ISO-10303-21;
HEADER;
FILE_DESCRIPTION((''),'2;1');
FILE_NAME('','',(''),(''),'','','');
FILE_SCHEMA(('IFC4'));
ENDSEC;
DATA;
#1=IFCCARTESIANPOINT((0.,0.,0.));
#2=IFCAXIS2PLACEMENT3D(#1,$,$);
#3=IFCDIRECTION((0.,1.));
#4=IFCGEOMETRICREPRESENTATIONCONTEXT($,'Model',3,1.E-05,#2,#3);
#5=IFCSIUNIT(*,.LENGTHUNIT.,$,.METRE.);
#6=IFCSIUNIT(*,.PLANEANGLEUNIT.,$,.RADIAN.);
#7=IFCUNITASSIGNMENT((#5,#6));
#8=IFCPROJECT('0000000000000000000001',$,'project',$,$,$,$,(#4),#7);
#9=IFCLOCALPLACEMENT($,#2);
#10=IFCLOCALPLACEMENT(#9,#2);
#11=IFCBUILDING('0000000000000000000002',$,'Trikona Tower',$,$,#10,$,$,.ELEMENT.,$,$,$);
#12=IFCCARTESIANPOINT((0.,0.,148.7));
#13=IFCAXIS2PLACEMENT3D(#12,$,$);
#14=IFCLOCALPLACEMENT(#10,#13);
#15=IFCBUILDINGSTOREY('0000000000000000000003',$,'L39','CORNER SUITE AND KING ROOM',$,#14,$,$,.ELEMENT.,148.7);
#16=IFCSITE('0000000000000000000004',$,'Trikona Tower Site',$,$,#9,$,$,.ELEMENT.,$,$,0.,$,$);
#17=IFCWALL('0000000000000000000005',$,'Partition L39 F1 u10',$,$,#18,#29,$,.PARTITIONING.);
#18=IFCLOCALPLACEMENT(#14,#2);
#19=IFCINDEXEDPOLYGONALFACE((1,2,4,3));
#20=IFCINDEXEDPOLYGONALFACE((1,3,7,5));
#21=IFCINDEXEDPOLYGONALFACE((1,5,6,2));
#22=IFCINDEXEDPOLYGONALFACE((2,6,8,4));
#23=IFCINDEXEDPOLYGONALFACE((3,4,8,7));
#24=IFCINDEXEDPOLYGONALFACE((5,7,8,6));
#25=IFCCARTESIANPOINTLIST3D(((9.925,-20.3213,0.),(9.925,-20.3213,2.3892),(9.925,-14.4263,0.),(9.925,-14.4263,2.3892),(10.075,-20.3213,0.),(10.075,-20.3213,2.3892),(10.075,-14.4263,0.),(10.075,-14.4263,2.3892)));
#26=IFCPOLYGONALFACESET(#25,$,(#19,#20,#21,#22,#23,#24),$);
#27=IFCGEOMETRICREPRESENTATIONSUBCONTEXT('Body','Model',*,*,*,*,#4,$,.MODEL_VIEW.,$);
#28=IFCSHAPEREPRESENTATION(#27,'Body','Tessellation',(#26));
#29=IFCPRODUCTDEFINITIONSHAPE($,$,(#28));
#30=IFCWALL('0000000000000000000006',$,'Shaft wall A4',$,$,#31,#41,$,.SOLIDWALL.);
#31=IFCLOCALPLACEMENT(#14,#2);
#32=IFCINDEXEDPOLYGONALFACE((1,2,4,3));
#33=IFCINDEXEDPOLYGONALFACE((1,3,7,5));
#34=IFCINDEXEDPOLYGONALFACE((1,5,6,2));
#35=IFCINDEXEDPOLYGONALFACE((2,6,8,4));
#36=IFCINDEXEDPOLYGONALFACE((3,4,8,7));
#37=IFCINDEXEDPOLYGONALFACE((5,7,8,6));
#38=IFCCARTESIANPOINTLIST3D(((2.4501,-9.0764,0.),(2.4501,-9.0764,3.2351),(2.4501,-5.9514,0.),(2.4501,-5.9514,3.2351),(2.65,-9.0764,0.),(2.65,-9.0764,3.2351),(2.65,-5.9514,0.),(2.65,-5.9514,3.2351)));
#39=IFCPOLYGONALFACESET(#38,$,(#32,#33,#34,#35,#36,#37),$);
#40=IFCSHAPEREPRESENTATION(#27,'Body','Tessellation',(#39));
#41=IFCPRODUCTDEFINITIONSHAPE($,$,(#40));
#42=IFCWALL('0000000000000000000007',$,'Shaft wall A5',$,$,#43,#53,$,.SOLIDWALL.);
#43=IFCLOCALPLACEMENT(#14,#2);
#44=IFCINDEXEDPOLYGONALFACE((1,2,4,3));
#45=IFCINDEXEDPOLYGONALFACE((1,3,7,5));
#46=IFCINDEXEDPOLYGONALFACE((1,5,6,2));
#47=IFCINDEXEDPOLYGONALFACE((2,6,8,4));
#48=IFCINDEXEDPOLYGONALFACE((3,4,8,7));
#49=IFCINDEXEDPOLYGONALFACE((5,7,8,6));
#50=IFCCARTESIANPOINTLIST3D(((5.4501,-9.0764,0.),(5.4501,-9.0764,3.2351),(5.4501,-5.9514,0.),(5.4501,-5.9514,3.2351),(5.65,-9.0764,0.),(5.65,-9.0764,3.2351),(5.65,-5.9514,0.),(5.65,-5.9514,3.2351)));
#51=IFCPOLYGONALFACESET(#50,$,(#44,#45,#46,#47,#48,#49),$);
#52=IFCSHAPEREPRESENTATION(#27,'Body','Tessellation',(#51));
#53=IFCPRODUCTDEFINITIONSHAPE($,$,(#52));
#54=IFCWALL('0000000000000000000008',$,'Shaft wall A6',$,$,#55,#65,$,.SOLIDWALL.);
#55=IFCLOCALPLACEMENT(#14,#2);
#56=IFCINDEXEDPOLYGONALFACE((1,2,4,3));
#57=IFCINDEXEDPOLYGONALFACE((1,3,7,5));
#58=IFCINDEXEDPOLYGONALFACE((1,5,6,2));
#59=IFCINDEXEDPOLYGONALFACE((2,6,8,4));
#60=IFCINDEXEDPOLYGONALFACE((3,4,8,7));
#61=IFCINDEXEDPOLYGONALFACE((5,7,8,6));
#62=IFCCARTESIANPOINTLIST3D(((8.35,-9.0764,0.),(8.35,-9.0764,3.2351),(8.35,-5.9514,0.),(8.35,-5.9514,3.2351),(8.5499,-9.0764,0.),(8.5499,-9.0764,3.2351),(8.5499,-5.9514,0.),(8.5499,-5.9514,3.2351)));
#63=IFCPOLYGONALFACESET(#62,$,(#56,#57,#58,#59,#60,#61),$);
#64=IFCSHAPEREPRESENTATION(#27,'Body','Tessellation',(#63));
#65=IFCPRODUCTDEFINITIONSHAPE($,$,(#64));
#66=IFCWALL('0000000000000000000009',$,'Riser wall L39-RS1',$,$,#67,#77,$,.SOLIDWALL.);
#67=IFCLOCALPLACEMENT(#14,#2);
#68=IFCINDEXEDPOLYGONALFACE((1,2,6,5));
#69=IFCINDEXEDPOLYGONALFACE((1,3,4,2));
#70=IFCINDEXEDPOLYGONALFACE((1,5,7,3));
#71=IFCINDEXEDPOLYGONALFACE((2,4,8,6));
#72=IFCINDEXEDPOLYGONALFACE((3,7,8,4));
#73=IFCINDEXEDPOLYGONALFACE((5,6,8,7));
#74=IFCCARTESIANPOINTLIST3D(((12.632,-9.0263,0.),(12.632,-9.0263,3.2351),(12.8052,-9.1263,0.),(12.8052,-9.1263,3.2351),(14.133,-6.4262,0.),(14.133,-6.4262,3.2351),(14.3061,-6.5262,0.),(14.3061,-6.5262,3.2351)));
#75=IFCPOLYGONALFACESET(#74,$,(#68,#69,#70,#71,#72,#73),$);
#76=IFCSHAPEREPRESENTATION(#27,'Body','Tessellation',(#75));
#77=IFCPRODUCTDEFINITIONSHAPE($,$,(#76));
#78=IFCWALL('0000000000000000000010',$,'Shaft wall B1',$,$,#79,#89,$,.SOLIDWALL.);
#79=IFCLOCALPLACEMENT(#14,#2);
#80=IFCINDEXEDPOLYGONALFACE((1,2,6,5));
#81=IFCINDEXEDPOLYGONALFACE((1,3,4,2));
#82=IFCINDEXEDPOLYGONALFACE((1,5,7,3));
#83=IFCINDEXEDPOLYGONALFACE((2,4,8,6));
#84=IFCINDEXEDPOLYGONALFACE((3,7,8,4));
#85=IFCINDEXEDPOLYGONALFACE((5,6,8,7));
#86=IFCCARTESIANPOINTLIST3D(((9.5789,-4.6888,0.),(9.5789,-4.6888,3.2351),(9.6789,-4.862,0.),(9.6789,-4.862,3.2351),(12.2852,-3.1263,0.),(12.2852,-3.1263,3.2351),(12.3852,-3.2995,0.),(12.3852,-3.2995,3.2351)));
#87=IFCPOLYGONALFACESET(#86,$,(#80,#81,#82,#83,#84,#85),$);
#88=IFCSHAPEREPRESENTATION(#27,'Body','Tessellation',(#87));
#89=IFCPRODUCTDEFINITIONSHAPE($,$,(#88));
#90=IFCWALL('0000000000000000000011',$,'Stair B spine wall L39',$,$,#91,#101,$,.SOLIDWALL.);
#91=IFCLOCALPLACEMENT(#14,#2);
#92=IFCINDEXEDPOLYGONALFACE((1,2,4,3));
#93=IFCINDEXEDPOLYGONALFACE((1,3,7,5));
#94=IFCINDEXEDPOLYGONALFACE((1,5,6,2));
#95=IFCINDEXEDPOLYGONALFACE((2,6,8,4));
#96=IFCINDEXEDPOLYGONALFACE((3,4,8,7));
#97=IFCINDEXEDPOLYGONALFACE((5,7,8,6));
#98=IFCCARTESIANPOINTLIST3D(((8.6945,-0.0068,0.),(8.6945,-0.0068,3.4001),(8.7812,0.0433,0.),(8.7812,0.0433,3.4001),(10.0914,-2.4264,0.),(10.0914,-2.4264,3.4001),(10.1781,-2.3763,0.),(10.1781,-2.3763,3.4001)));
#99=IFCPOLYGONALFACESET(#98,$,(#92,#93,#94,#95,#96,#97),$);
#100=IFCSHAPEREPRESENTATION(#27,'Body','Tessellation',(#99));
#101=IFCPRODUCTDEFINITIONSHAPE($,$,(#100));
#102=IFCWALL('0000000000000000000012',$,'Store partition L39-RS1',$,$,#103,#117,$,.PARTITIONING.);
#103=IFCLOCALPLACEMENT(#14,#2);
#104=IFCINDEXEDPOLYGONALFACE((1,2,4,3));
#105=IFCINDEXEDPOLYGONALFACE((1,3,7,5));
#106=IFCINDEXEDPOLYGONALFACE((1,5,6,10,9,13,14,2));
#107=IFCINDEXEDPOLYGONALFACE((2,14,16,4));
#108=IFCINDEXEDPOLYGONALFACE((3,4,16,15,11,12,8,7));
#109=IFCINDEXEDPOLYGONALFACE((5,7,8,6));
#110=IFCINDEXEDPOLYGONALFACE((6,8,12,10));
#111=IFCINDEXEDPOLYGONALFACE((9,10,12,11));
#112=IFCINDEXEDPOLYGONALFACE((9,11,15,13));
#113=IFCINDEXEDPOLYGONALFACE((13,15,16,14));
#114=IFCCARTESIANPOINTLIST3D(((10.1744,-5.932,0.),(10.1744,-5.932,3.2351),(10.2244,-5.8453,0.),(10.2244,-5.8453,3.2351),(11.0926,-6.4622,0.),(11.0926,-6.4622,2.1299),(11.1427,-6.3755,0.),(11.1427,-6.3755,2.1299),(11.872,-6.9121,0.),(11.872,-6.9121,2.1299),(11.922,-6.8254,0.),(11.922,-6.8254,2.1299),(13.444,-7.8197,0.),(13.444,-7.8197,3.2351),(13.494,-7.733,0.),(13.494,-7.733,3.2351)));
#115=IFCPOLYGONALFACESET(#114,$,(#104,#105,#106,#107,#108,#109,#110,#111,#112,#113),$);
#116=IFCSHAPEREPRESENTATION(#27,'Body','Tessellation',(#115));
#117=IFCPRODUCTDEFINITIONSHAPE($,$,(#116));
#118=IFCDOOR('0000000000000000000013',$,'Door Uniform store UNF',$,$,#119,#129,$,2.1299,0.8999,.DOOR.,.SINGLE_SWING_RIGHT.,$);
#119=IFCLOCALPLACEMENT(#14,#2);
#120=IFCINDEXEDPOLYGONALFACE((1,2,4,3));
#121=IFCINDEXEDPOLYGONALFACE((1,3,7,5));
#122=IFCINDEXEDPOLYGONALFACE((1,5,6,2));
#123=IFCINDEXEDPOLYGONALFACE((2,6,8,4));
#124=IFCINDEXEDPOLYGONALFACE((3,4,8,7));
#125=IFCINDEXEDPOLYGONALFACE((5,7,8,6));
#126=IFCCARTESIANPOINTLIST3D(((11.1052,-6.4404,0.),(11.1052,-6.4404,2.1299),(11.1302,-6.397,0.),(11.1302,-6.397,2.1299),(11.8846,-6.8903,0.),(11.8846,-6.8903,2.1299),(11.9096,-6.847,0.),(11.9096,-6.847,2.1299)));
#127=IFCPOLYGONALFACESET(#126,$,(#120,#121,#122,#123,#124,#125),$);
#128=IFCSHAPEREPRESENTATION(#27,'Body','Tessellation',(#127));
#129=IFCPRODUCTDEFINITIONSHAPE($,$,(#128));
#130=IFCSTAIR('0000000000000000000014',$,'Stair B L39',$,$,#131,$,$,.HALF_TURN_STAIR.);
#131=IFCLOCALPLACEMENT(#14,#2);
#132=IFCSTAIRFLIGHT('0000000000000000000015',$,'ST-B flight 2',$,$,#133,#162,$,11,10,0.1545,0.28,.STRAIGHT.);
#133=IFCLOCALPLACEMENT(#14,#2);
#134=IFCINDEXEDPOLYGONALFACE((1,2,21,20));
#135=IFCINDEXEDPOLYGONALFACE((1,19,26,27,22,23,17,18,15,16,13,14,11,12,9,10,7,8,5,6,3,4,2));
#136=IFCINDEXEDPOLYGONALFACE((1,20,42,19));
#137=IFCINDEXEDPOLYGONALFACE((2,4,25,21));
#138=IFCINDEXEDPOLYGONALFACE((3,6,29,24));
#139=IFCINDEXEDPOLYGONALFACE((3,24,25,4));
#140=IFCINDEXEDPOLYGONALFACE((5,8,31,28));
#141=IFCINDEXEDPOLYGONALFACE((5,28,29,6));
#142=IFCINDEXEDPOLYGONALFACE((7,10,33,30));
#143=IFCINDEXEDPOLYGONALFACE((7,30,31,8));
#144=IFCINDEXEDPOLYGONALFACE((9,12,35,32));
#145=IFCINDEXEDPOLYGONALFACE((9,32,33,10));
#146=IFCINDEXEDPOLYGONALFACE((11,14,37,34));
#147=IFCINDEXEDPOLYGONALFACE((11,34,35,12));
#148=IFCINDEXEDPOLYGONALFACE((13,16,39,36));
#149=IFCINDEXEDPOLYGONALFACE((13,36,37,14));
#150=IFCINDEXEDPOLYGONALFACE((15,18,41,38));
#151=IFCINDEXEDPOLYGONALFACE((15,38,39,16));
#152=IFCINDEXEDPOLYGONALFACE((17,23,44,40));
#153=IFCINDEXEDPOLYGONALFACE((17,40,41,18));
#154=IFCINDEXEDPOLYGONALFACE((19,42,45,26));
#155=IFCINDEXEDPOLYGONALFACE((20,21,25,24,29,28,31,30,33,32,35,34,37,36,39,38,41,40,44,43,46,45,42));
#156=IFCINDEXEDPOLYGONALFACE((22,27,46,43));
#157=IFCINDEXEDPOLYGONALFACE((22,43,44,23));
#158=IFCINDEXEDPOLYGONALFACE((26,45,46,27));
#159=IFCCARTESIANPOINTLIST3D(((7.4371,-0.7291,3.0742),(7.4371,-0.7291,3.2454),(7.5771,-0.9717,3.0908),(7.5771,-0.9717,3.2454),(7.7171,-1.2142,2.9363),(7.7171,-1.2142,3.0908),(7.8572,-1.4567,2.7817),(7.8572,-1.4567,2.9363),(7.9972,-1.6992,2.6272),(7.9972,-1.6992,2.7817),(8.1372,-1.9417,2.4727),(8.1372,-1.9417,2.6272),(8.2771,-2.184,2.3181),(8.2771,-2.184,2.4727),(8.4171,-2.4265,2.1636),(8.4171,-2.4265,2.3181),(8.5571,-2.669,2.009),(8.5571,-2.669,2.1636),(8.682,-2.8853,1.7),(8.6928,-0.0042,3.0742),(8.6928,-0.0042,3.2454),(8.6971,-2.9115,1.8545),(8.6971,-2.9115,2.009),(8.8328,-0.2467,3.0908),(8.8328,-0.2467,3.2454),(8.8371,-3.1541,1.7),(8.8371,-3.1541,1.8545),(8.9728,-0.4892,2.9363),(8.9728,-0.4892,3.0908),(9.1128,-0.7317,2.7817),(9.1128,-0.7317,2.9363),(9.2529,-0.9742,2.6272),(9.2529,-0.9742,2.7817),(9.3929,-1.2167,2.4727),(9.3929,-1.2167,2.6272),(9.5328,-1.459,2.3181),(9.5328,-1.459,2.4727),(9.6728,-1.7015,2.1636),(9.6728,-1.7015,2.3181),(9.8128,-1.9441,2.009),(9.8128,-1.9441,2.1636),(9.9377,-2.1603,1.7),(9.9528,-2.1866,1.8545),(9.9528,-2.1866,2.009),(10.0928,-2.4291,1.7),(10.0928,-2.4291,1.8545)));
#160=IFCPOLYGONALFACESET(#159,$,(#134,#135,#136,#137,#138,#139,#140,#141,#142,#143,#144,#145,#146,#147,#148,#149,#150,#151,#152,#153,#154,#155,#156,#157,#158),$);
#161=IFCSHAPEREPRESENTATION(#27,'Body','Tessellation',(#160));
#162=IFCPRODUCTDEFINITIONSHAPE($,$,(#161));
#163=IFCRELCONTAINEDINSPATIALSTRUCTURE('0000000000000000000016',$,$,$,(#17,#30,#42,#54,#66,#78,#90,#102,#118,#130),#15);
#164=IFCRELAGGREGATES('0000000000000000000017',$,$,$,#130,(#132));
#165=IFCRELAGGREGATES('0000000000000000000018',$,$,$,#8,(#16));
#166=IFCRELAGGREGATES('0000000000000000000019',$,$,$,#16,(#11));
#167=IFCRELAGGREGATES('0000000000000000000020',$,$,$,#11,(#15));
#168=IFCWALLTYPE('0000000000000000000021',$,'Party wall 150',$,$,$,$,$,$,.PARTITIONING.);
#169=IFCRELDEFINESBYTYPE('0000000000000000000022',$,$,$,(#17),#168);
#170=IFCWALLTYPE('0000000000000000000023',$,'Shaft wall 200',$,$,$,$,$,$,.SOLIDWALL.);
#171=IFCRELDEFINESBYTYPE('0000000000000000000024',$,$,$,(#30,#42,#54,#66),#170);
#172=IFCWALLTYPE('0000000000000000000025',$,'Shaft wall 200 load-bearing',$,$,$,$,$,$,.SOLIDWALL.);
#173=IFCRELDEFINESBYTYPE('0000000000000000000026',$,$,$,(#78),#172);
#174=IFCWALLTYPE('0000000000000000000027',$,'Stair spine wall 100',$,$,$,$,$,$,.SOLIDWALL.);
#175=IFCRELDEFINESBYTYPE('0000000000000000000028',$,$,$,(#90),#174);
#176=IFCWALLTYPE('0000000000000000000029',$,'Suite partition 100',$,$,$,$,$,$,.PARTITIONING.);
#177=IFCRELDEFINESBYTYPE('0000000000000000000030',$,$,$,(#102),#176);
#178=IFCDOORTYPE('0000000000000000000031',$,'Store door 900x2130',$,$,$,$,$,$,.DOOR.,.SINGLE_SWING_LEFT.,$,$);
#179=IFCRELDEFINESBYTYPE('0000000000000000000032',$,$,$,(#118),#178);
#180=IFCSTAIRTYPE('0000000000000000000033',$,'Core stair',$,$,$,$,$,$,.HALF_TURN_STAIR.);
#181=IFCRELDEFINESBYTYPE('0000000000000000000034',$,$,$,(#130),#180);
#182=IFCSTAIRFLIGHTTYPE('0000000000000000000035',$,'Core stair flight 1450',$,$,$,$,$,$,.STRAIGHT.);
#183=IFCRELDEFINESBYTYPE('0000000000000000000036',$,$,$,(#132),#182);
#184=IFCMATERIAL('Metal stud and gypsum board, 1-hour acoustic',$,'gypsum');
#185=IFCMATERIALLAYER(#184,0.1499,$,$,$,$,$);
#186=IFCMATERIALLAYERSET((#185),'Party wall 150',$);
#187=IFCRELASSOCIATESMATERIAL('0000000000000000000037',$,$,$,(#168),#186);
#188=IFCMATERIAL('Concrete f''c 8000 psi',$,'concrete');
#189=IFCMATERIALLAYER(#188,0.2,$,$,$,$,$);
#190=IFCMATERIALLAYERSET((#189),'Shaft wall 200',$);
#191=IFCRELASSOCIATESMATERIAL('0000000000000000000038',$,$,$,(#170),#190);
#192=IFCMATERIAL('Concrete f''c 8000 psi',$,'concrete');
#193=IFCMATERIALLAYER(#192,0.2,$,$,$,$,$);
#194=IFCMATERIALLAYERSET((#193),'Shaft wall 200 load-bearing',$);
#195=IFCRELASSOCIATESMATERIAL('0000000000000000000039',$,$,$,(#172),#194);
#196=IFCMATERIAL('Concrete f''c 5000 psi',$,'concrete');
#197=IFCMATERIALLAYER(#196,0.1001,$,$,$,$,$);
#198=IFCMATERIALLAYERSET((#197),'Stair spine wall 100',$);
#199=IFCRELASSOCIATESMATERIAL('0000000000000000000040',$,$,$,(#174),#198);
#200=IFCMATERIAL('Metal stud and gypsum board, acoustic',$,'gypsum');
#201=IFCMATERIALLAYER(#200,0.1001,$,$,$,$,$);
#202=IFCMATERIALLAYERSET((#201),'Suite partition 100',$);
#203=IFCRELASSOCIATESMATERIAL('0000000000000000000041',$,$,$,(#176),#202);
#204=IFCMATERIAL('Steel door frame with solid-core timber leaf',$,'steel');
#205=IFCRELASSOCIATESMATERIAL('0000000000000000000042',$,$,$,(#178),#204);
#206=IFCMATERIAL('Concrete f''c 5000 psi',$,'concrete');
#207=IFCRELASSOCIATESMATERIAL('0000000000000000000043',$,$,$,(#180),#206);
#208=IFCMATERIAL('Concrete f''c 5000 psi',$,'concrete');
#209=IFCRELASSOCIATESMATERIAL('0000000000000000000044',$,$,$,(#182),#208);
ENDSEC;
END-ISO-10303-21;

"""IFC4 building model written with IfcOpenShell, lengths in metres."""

from ifc_helpers import new_model, si_unit, direction, frame, frame_2d, origin, place, context, subcontext, project, spatial, polyline, rectangle, outline, extrude, material, layer, layer_set, type_object, element, fill, aggregate, save


model = new_model("IFC4")

# Units and contexts
model_context = context("Model", 3, precision=1e-05, world=origin(), true_north=direction((0.0, 1.0)))
body_context = subcontext(model_context, "Body", "Model", "MODEL_VIEW")
ifc_project = project(units=[si_unit("LENGTHUNIT", "METRE"), si_unit("PLANEANGLEUNIT", "RADIAN")], contexts=[model_context])

# Site, building, storey
site_placement = place(None, origin())
site = spatial("IfcSite", under=ifc_project, at=site_placement, Name="Trikona Tower Site", CompositionType="ELEMENT", RefElevation=0.0)
building_placement = place(site_placement, origin())
building = spatial("IfcBuilding", under=site, at=building_placement, Name="Trikona Tower", CompositionType="ELEMENT")
storey_placement = place(building_placement, frame((0.0, 0.0, 148.7)))
storey = spatial("IfcBuildingStorey", under=building, at=storey_placement, Name="L39", Description="CORNER SUITE AND KING ROOM", CompositionType="ELEMENT", Elevation=148.7)

# Walls
ifc_material_1 = material(Name="Metal stud and gypsum board, 1-hour acoustic", Category="gypsum")
ifc_layer_1 = layer(ifc_material_1, 0.1499)
ifc_layer_set_1 = layer_set([ifc_layer_1], Name="Party wall 150")
wall_type_1 = type_object("IfcWallType", Name="Party wall 150", PredefinedType="PARTITIONING", material=ifc_layer_set_1)
wall_1_placement = place(storey_placement, frame((10.0, -14.4263, 0.0), z_axis=(0.0, 0.0, 1.0), x_axis=(0.0, -1.0, 0.0)))
element("IfcWall", 1, at=wall_1_placement, inside=storey, type_object=wall_type_1, Name="Partition L39 F1 u10", PredefinedType="PARTITIONING", context=body_context, shape_type="SweptSolid", body=[
    extrude(rectangle(XDim=5.895, YDim=0.1499, at=frame_2d((2.9475, 0.0))), origin(), (0.0, 0.0, 1.0), 2.3892),
])
ifc_material_2 = material(Name="Concrete f'c 8000 psi", Category="concrete")
ifc_layer_2 = layer(ifc_material_2, 0.2)
ifc_layer_set_2 = layer_set([ifc_layer_2], Name="Shaft wall 200")
wall_type_2 = type_object("IfcWallType", Name="Shaft wall 200", PredefinedType="SOLIDWALL", material=ifc_layer_set_2)
for number, where, z_axis, x_axis, name in (
    (2, (2.55, -5.9514, 0.0), (0.0, 0.0, 1.0), (0.0, -1.0, 0.0), "Shaft wall A4"),
    (3, (5.55, -5.9514, 0.0), (0.0, 0.0, 1.0), (0.0, -1.0, 0.0), "Shaft wall A5"),
    (4, (8.45, -5.9514, 0.0), (0.0, 0.0, 1.0), (0.0, -1.0, 0.0), "Shaft wall A6"),
):
    element("IfcWall", number, at=place(storey_placement, frame(where, z_axis=z_axis, x_axis=x_axis)), inside=storey, type_object=wall_type_2, Name=name, PredefinedType="SOLIDWALL", context=body_context, shape_type="SweptSolid", body=[
        extrude(rectangle(XDim=3.125, YDim=0.2, at=frame_2d((1.5625, 0.0))), origin(), (0.0, 0.0, 1.0), 3.2351),
    ])
wall_2_placement = place(storey_placement, frame((14.2195, -6.4763, 0.0), z_axis=(0.0, 0.0, 1.0), x_axis=(-0.499952, -0.866053, 0.0)))
element("IfcWall", 5, at=wall_2_placement, inside=storey, type_object=wall_type_2, Name="Riser wall L39-RS1", PredefinedType="SOLIDWALL", context=body_context, shape_type="SweptSolid", body=[
    extrude(rectangle(XDim=3.0022, YDim=0.2, at=frame_2d((1.501, 0.0))), origin(), (0.0, 0.0, 1.0), 3.2351),
])
ifc_material_3 = material(Name="Concrete f'c 8000 psi", Category="concrete")
ifc_layer_3 = layer(ifc_material_3, 0.2)
ifc_layer_set_3 = layer_set([ifc_layer_3], Name="Shaft wall 200 load-bearing")
wall_type_3 = type_object("IfcWallType", Name="Shaft wall 200 load-bearing", PredefinedType="SOLIDWALL", material=ifc_layer_set_3)
wall_3_placement = place(storey_placement, frame((9.6289, -4.7754, 0.0), z_axis=(0.0, 0.0, 1.0), x_axis=(0.866023, 0.500004, 0.0)))
element("IfcWall", 6, at=wall_3_placement, inside=storey, type_object=wall_type_3, Name="Shaft wall B1", PredefinedType="SOLIDWALL", context=body_context, shape_type="SweptSolid", body=[
    extrude(rectangle(XDim=3.125, YDim=0.2, at=frame_2d((1.5625, 0.0))), origin(), (0.0, 0.0, 1.0), 3.2351),
])
ifc_material_4 = material(Name="Concrete f'c 5000 psi", Category="concrete")
ifc_layer_4 = layer(ifc_material_4, 0.1001)
ifc_layer_set_4 = layer_set([ifc_layer_4], Name="Stair spine wall 100")
wall_type_4 = type_object("IfcWallType", Name="Stair spine wall 100", PredefinedType="SOLIDWALL", material=ifc_layer_set_4)
wall_4_placement = place(storey_placement, frame((10.1348, -2.4014, 0.0), z_axis=(0.0, 0.0, 1.0), x_axis=(-0.499992, 0.86603, 0.0)))
element("IfcWall", 7, at=wall_4_placement, inside=storey, type_object=wall_type_4, Name="Stair B spine wall L39", PredefinedType="SOLIDWALL", context=body_context, shape_type="SweptSolid", body=[
    extrude(rectangle(XDim=2.7939, YDim=0.1001, at=frame_2d((1.397, 0.0))), origin(), (0.0, 0.0, 1.0), 3.4001),
])

# Wall, opening, door
ifc_material_5 = material(Name="Metal stud and gypsum board, acoustic", Category="gypsum")
ifc_layer_5 = layer(ifc_material_5, 0.1001)
ifc_layer_set_5 = layer_set([ifc_layer_5], Name="Suite partition 100")
wall_type_5 = type_object("IfcWallType", Name="Suite partition 100", PredefinedType="PARTITIONING", material=ifc_layer_set_5)
wall_5_placement = place(storey_placement, frame((13.469, -7.7764, 0.0), z_axis=(0.0, 0.0, 1.0), x_axis=(-0.866022, 0.500006, 0.0)))
wall_5 = element("IfcWall", 8, at=wall_5_placement, inside=storey, type_object=wall_type_5, Name="Store partition L39-RS1", PredefinedType="PARTITIONING", context=body_context, shape_type="SweptSolid", body=[
    extrude(rectangle(XDim=3.7754, YDim=0.1001, at=frame_2d((1.8877, 0.0))), origin(), (0.0, 0.0, 1.0), 3.2351),
])
opening_1_placement = place(wall_5_placement, frame((1.8152, 0.0, 0.0)))
opening_1 = element("IfcOpeningElement", 9, at=opening_1_placement, cuts=wall_5, PredefinedType="OPENING", context=body_context, shape_type="SweptSolid", body=[
    extrude(rectangle(XDim=0.8999, YDim=2.1299, at=frame_2d((0.45, 1.0649))), frame((0.0, 0.0601, 0.0), z_axis=(0.0, -1.0, 0.0), x_axis=(1.0, 0.0, 0.0)), (0.0, 0.0, 1.0), 0.1201),
])
ifc_material_6 = material(Name="Steel door frame with solid-core timber leaf", Category="steel")
door_type_1 = type_object("IfcDoorType", Name="Store door 900x2130", OperationType="SINGLE_SWING_LEFT", PredefinedType="DOOR", material=ifc_material_6)
door_1_placement = place(opening_1_placement, origin())
door_1 = element("IfcDoor", 10, at=door_1_placement, inside=storey, type_object=door_type_1, Name="Door Uniform store UNF", OperationType="SINGLE_SWING_RIGHT", OverallHeight=2.1299, OverallWidth=0.8999, PredefinedType="DOOR", context=body_context, shape_type="SweptSolid", body=[
    extrude(rectangle(XDim=0.8999, YDim=2.1299, at=frame_2d((0.45, 1.0649))), frame((0.0, 0.0249, 0.0), z_axis=(0.0, -1.0, 0.0), x_axis=(1.0, 0.0, 0.0)), (0.0, 0.0, 1.0), 0.05),
])
fill(opening_1, door_1)

# Stair, stair flight
ifc_material_7 = material(Name="Concrete f'c 5000 psi", Category="concrete")
stair_type = type_object("IfcStairType", Name="Core stair", PredefinedType="HALF_TURN_STAIR", material=ifc_material_7)
stair_placement = place(storey_placement, origin())
stair = element("IfcStair", 11, at=stair_placement, inside=storey, type_object=stair_type, Name="Stair B L39", PredefinedType="HALF_TURN_STAIR")
ifc_material_8 = material(Name="Concrete f'c 5000 psi", Category="concrete")
stair_flight_type = type_object("IfcStairFlightType", Name="Core stair flight 1450", PredefinedType="STRAIGHT", material=ifc_material_8)
stair_flight_placement = place(storey_placement, frame((9.4651, -2.7915, 1.7), z_axis=(0.0, 0.0, 1.0), x_axis=(-0.5, 0.866025, 0.0)))
stair_flight = element("IfcStairFlight", 12, at=stair_flight_placement, type_object=stair_flight_type, Name="ST-B flight 2", NumberOfRisers=11, NumberOfTreads=10, PredefinedType="STRAIGHT", RiserHeight=0.1545, TreadLength=0.28, context=body_context, shape_type="SweptSolid", body=[
    extrude(outline(polyline([(0.0, 0.0), (0.0, 0.1545), (0.28, 0.1545), (0.28, 0.3091), (0.5601, 0.3091), (0.5601, 0.4636), (0.8401, 0.4636), (0.8401, 0.6182), (1.1201, 0.6182), (1.1201, 0.7727), (1.3999, 0.7727), (1.3999, 0.9272), (1.6799, 0.9272), (1.6799, 1.0818), (1.96, 1.0818), (1.96, 1.2363), (2.24, 1.2363), (2.24, 1.3909), (2.52, 1.3909), (2.52, 1.5454), (2.8, 1.5454), (2.8, 1.7), (2.8, 1.3743), (0.3103, 0.0), (0.0, 0.0)])), frame((0.0, 0.7251, 0.0), z_axis=(0.0, -1.0, 0.0), x_axis=(1.0, 0.0, 0.0)), (0.0, 0.0, 1.0), 1.45),
])
aggregate(stair, [stair_flight])

save(model, "model.ifc")
